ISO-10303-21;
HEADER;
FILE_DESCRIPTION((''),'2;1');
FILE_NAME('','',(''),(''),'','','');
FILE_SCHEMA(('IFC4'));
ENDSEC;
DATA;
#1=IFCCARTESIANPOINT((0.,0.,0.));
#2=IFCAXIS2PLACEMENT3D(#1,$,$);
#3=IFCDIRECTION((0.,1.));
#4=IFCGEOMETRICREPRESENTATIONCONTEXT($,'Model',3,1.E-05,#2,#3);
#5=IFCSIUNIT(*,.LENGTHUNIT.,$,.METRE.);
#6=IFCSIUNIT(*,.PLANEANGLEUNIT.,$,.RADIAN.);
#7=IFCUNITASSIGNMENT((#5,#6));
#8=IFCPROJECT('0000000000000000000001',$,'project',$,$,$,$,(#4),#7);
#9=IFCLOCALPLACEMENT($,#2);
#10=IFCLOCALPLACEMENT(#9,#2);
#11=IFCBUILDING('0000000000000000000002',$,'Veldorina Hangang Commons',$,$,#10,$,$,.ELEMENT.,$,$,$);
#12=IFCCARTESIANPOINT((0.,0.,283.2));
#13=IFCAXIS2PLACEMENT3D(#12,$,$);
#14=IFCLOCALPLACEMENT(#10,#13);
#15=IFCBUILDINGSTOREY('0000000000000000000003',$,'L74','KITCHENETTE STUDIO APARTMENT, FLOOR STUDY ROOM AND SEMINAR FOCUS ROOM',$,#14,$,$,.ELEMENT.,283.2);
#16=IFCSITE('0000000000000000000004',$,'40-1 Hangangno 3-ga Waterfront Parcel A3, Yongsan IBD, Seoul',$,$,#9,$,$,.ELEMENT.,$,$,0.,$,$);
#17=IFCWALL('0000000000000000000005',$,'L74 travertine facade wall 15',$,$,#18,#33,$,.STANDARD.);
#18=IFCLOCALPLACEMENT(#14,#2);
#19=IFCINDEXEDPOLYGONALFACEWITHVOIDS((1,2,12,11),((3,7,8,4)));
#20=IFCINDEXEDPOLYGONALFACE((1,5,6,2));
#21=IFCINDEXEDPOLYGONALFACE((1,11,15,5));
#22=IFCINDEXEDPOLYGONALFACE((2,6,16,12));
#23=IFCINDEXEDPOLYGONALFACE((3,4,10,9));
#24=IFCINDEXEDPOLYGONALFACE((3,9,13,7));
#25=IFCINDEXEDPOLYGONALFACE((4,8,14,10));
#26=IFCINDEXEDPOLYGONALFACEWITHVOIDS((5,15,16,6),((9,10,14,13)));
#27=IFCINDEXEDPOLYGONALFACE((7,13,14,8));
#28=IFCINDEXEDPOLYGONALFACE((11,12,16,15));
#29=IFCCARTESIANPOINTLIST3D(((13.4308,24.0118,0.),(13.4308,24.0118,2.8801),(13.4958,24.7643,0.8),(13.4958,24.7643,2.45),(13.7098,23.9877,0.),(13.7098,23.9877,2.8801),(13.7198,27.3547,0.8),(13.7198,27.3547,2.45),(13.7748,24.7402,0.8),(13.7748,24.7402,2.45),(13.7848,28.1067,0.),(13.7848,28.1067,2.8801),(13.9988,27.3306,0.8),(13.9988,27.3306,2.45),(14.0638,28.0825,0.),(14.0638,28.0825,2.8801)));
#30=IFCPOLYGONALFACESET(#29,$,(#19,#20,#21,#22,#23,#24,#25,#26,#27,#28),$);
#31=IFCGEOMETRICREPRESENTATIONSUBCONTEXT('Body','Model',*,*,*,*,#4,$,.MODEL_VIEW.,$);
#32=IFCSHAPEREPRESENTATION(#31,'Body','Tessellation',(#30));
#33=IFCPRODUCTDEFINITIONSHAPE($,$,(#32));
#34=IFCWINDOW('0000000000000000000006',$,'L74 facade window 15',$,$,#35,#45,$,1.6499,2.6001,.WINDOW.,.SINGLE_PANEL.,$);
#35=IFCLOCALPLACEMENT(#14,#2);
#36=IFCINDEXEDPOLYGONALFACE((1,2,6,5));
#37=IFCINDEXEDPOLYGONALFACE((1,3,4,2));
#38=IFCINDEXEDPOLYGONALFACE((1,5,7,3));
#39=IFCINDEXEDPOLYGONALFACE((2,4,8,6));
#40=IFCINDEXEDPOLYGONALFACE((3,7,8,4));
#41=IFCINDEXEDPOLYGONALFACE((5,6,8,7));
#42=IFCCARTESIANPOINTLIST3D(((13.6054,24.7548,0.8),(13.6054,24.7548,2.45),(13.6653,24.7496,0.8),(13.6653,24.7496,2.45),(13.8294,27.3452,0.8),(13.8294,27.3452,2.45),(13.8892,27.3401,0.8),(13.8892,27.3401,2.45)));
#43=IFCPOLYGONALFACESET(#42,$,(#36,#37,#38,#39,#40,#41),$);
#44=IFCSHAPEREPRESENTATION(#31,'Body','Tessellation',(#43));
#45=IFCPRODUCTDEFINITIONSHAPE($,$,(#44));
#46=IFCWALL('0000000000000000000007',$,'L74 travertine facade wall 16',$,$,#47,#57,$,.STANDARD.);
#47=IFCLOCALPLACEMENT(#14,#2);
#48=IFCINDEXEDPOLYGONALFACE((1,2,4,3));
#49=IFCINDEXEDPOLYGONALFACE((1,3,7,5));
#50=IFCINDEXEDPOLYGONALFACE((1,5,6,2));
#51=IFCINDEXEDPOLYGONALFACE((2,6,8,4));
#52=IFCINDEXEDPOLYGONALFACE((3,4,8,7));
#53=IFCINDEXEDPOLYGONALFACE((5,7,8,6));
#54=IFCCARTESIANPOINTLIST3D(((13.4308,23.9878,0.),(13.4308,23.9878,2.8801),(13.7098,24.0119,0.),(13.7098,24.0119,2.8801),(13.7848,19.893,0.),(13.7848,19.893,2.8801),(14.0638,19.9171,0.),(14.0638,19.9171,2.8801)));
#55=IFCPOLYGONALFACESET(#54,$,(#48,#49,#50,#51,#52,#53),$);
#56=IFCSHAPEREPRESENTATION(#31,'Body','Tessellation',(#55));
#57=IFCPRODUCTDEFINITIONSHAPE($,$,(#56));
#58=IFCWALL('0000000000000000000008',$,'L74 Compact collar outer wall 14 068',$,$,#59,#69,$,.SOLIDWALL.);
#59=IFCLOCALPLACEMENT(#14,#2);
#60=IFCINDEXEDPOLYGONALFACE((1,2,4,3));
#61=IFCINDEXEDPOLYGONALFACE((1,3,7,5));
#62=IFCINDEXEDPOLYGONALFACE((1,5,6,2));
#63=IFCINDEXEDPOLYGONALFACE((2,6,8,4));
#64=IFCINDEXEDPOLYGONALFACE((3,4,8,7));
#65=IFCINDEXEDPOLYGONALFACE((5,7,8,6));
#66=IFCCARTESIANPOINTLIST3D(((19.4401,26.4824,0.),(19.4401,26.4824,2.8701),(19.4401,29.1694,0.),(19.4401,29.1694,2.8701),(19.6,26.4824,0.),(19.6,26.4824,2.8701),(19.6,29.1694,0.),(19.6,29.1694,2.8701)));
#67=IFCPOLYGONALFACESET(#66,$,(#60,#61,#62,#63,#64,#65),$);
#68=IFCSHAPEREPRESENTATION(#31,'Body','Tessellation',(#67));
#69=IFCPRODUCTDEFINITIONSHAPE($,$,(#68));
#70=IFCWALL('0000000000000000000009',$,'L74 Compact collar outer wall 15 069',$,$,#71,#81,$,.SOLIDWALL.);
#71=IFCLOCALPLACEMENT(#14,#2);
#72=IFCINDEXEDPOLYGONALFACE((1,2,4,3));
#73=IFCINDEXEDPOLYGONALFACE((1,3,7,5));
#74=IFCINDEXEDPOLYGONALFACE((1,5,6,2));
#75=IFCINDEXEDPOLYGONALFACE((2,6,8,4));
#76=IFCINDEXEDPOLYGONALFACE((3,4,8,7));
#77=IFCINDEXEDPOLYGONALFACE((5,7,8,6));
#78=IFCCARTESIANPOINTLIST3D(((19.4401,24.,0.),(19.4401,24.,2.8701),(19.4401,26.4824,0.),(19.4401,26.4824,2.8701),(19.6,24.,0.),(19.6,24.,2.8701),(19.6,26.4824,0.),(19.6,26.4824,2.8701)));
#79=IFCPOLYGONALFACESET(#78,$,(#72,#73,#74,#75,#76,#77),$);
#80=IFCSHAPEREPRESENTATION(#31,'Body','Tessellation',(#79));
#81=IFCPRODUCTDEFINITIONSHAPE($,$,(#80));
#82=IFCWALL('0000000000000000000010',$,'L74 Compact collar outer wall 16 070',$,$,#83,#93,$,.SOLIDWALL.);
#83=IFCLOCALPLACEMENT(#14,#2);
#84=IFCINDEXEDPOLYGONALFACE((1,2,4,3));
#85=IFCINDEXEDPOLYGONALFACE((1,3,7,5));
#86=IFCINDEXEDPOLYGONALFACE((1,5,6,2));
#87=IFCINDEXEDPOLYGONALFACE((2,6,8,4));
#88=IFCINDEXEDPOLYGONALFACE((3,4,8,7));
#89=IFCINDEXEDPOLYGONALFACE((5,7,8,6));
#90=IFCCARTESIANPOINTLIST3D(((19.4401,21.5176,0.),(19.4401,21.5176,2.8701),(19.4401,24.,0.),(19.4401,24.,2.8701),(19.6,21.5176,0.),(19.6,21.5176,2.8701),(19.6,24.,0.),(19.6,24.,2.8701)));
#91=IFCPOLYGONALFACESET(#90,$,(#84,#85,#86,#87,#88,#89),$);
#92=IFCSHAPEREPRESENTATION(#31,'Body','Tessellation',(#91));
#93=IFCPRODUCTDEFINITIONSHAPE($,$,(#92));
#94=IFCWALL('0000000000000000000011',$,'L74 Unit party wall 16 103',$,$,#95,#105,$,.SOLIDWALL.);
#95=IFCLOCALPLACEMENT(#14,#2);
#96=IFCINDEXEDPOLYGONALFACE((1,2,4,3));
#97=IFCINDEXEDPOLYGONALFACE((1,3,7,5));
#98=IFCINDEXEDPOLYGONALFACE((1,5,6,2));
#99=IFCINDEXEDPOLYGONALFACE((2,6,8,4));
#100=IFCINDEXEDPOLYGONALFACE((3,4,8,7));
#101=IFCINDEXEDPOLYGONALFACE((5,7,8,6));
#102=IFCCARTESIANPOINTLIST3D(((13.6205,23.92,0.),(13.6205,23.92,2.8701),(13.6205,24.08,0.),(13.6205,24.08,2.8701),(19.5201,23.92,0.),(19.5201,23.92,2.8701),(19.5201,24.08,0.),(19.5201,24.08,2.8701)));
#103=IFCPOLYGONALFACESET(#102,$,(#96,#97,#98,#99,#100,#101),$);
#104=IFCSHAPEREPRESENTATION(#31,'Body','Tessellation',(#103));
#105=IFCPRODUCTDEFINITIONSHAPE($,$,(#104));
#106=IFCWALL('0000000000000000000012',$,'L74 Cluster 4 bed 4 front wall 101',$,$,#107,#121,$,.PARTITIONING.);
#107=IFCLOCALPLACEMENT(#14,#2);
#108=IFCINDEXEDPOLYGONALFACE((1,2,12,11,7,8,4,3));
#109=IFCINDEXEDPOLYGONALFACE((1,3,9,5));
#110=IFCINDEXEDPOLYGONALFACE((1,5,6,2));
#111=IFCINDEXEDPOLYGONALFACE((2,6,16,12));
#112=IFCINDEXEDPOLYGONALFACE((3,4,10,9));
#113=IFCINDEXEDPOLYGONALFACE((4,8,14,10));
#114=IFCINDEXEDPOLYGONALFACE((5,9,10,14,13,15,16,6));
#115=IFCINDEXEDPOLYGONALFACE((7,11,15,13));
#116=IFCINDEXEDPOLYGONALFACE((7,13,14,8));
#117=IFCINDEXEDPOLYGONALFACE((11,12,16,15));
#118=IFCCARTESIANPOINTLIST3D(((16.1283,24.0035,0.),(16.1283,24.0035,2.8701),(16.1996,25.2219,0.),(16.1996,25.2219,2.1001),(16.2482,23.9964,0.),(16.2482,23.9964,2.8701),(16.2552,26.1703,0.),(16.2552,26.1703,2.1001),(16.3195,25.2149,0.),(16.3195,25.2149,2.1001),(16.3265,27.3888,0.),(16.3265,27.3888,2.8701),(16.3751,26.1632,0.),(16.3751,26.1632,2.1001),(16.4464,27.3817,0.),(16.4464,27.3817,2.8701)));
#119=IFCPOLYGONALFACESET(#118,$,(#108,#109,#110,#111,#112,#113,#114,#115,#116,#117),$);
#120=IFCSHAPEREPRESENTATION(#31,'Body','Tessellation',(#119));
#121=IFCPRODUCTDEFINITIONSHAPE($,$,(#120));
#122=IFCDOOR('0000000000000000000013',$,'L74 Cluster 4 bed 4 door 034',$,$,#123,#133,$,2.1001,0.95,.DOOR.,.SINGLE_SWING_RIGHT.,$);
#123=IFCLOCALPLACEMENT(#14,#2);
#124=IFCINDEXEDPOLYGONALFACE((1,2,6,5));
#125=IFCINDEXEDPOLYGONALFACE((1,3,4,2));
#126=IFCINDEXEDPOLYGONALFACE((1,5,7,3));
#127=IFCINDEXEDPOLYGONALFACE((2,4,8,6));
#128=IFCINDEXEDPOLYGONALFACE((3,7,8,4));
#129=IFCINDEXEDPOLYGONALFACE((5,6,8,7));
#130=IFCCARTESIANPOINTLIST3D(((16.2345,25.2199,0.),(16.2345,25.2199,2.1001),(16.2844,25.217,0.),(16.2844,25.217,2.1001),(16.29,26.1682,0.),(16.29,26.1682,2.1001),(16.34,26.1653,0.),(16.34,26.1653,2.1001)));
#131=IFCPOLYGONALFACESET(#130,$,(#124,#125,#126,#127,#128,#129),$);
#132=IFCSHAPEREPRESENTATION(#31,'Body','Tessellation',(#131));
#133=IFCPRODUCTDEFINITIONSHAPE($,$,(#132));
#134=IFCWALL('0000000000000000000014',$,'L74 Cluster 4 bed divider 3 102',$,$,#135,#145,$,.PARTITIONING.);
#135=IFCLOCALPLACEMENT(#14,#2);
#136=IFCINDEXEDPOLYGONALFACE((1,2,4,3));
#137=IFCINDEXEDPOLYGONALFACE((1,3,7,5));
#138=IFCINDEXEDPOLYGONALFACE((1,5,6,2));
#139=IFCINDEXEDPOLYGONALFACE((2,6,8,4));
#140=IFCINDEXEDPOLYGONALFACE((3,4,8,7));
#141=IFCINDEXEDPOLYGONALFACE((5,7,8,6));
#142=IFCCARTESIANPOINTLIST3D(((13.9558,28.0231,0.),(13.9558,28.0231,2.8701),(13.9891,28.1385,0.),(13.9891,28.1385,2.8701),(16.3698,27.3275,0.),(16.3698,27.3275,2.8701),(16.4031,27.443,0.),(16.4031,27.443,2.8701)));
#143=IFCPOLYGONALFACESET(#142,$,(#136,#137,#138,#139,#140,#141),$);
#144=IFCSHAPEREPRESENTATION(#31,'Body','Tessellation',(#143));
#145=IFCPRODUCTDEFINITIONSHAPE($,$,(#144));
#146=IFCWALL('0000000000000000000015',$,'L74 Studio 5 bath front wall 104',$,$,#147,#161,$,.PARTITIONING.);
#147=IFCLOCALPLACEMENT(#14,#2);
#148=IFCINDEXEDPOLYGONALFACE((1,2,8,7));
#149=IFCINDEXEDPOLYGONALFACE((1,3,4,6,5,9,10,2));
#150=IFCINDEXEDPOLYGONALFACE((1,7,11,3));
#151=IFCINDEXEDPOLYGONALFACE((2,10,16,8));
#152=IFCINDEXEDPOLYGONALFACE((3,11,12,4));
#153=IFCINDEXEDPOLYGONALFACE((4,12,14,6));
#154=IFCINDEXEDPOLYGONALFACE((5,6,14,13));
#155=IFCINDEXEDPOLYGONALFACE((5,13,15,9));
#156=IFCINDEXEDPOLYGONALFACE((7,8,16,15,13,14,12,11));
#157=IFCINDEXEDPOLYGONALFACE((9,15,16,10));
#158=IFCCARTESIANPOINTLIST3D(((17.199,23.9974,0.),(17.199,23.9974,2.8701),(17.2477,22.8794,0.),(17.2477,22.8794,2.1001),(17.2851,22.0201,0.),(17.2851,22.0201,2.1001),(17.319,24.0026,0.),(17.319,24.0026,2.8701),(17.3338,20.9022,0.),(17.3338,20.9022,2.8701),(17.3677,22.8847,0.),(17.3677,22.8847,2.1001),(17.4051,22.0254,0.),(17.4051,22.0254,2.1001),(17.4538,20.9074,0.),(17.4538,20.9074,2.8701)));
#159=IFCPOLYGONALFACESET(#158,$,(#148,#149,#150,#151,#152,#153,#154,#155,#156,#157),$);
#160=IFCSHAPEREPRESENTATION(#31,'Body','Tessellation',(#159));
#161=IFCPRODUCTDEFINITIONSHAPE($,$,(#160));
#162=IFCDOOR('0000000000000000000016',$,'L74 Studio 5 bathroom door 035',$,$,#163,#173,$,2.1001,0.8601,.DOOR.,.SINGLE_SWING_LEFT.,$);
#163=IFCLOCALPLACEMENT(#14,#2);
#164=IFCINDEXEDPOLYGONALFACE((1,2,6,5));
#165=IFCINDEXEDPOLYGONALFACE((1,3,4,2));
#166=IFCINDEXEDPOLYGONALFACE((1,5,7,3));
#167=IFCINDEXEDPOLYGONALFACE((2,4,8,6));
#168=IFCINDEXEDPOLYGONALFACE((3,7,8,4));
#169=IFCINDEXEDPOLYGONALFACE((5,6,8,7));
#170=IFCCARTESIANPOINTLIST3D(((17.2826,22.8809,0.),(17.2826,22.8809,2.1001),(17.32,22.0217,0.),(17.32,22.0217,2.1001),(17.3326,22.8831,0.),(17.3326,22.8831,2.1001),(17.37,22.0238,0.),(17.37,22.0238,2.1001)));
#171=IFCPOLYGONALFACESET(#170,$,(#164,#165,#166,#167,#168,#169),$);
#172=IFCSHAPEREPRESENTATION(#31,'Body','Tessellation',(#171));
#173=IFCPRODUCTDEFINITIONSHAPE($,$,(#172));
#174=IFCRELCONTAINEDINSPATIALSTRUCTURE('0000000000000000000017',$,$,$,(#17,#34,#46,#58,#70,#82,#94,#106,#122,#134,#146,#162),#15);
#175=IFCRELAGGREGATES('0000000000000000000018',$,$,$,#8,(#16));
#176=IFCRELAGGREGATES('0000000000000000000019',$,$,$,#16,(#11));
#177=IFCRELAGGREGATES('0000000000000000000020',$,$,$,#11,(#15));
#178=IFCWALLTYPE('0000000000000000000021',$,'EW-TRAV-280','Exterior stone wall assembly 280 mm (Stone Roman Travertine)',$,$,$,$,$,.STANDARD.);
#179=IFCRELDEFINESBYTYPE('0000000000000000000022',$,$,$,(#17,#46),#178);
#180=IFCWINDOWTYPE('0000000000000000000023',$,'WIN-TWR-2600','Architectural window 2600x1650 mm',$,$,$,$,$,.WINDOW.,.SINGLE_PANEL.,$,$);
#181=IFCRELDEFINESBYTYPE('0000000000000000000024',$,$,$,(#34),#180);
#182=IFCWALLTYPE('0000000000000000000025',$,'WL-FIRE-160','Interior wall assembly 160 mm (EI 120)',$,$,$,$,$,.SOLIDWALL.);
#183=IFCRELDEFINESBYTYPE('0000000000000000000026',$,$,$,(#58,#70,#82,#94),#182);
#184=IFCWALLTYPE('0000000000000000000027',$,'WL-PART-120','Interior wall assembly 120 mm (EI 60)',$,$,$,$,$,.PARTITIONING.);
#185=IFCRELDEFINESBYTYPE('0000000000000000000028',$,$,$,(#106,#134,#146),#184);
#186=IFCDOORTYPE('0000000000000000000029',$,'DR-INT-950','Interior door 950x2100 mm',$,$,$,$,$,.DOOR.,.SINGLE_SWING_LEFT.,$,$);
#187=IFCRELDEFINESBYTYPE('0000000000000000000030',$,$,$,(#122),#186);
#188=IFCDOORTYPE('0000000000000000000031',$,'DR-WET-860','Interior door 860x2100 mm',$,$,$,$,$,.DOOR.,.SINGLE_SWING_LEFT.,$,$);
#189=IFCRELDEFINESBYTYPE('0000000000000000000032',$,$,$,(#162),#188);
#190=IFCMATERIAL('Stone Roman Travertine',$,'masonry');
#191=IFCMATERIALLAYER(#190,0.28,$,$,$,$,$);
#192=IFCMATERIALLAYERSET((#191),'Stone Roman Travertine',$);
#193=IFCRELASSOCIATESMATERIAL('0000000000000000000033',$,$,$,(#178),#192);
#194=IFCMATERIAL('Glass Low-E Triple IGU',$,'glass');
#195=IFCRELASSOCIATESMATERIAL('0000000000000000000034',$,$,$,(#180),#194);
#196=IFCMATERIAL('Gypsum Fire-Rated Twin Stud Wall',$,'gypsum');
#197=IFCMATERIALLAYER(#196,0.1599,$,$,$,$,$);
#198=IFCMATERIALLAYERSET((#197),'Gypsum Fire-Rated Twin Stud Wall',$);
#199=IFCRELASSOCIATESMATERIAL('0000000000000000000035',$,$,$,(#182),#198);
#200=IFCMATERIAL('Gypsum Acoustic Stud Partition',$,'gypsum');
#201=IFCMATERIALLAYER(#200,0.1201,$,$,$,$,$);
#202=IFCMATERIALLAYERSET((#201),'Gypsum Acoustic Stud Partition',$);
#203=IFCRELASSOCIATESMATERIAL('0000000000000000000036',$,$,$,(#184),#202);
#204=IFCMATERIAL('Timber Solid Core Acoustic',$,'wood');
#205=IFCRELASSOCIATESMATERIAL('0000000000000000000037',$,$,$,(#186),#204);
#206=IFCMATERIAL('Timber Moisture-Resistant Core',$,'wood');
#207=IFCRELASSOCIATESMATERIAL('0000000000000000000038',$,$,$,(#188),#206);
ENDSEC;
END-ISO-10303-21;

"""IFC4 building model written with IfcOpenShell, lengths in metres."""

from ifc_helpers import new_model, si_unit, direction, frame, frame_2d, origin, place, context, subcontext, project, spatial, rectangle, extrude, material, layer, layer_set, type_object, element, fill, save


model = new_model("IFC4")

# Units and contexts
model_context = context("Model", 3, precision=1e-05, world=origin(), true_north=direction((0.0, 1.0)))
body_context = subcontext(model_context, "Body", "Model", "MODEL_VIEW")
ifc_project = project(units=[si_unit("LENGTHUNIT", "METRE"), si_unit("PLANEANGLEUNIT", "RADIAN")], contexts=[model_context])

# Site, building, storey
site_placement = place(None, origin())
site = spatial("IfcSite", under=ifc_project, at=site_placement, Name="40-1 Hangangno 3-ga Waterfront Parcel A3, Yongsan IBD, Seoul", CompositionType="ELEMENT", RefElevation=0.0)
building_placement = place(site_placement, origin())
building = spatial("IfcBuilding", under=site, at=building_placement, Name="Veldorina Hangang Commons", CompositionType="ELEMENT")
storey_placement = place(building_placement, frame((0.0, 0.0, 283.2)))
storey = spatial("IfcBuildingStorey", under=building, at=storey_placement, Name="L74", Description="KITCHENETTE STUDIO APARTMENT, FLOOR STUDY ROOM AND SEMINAR FOCUS ROOM", CompositionType="ELEMENT", Elevation=283.2)

# Wall, opening, window
ifc_material_1 = material(Name="Stone Roman Travertine", Category="masonry")
ifc_layer_1 = layer(ifc_material_1, 0.28)
ifc_layer_set_1 = layer_set([ifc_layer_1], Name="Stone Roman Travertine")
wall_type_1 = type_object("IfcWallType", Name="EW-TRAV-280", Description="Exterior stone wall assembly 280 mm (Stone Roman Travertine)", PredefinedType="STANDARD", material=ifc_layer_set_1)
ifc_material_2 = material(Name="Glass Low-E Triple IGU", Category="glass")
window_type = type_object("IfcWindowType", Name="WIN-TWR-2600", Description="Architectural window 2600x1650 mm", PartitioningType="SINGLE_PANEL", PredefinedType="WINDOW", material=ifc_material_2)
wall_1_placement = place(storey_placement, frame((13.9243, 28.0947, 0.0), z_axis=(0.0, 0.0, 1.0), x_axis=(-0.086132, -0.996284, 0.0)))
wall_1 = element("IfcWall", 1, at=wall_1_placement, inside=storey, type_object=wall_type_1, Name="L74 travertine facade wall 15", PredefinedType="STANDARD", context=body_context, shape_type="SweptSolid", body=[
    extrude(rectangle(XDim=4.1101, YDim=0.28, at=frame_2d((2.0552, 0.0))), origin(), (0.0, 0.0, 1.0), 2.8801),
])
opening_1_placement = place(wall_1_placement, frame((0.7549, 0.0, 0.8)))
opening_1 = element("IfcOpeningElement", 2, at=opening_1_placement, cuts=wall_1, PredefinedType="OPENING", context=body_context, shape_type="SweptSolid", body=[
    extrude(rectangle(XDim=2.6001, YDim=1.6499, at=frame_2d((1.3, 0.825))), frame((0.0, 0.1499, 0.0), z_axis=(0.0, -1.0, 0.0), x_axis=(1.0, 0.0, 0.0)), (0.0, 0.0, 1.0), 0.3),
])
window_1_placement = place(opening_1_placement, origin())
window_1 = element("IfcWindow", 3, at=window_1_placement, inside=storey, type_object=window_type, Name="L74 facade window 15", OverallHeight=1.6499, OverallWidth=2.6001, PartitioningType="SINGLE_PANEL", PredefinedType="WINDOW", context=body_context, shape_type="SweptSolid", body=[
    extrude(rectangle(XDim=2.6001, YDim=1.6499, at=frame_2d((1.3, 0.825))), frame((0.0, 0.03, 0.0), z_axis=(0.0, -1.0, 0.0), x_axis=(1.0, 0.0, 0.0)), (0.0, 0.0, 1.0), 0.0601),
])
fill(opening_1, window_1)

# Walls
wall_2_placement = place(storey_placement, frame((13.5703, 24.0, 0.0), z_axis=(0.0, 0.0, 1.0), x_axis=(0.086132, -0.996284, 0.0)))
element("IfcWall", 4, at=wall_2_placement, inside=storey, type_object=wall_type_1, Name="L74 travertine facade wall 16", PredefinedType="STANDARD", context=body_context, shape_type="SweptSolid", body=[
    extrude(rectangle(XDim=4.1101, YDim=0.28, at=frame_2d((2.0552, 0.0))), origin(), (0.0, 0.0, 1.0), 2.8801),
])
ifc_material_3 = material(Name="Gypsum Fire-Rated Twin Stud Wall", Category="gypsum")
ifc_layer_2 = layer(ifc_material_3, 0.1599)
ifc_layer_set_2 = layer_set([ifc_layer_2], Name="Gypsum Fire-Rated Twin Stud Wall")
wall_type_2 = type_object("IfcWallType", Name="WL-FIRE-160", Description="Interior wall assembly 160 mm (EI 120)", PredefinedType="SOLIDWALL", material=ifc_layer_set_2)
wall_3_placement = place(storey_placement, frame((19.52, 29.1694, 0.0), z_axis=(0.0, 0.0, 1.0), x_axis=(0.0, -1.0, 0.0)))
element("IfcWall", 5, at=wall_3_placement, inside=storey, type_object=wall_type_2, Name="L74 Compact collar outer wall 14 068", PredefinedType="SOLIDWALL", context=body_context, shape_type="SweptSolid", body=[
    extrude(rectangle(XDim=2.687, YDim=0.1599, at=frame_2d((1.3435, 0.0))), origin(), (0.0, 0.0, 1.0), 2.8701),
])
for number, where, z_axis, x_axis, name in (
    (6, (19.52, 26.4824, 0.0), (0.0, 0.0, 1.0), (0.0, -1.0, 0.0), "L74 Compact collar outer wall 15 069"),
    (7, (19.52, 24.0, 0.0), (0.0, 0.0, 1.0), (0.0, -1.0, 0.0), "L74 Compact collar outer wall 16 070"),
):
    element("IfcWall", number, at=place(storey_placement, frame(where, z_axis=z_axis, x_axis=x_axis)), inside=storey, type_object=wall_type_2, Name=name, PredefinedType="SOLIDWALL", context=body_context, shape_type="SweptSolid", body=[
        extrude(rectangle(XDim=2.4824, YDim=0.1599, at=frame_2d((1.2412, 0.0))), origin(), (0.0, 0.0, 1.0), 2.8701),
    ])
wall_4_placement = place(storey_placement, frame((19.52, 24.0, 0.0), z_axis=(0.0, 0.0, 1.0), x_axis=(-1.0, 0.0, 0.0)))
element("IfcWall", 8, at=wall_4_placement, inside=storey, type_object=wall_type_2, Name="L74 Unit party wall 16 103", PredefinedType="SOLIDWALL", context=body_context, shape_type="SweptSolid", body=[
    extrude(rectangle(XDim=5.8997, YDim=0.1599, at=frame_2d((2.9497, 0.0))), origin(), (0.0, 0.0, 1.0), 2.8701),
])

# Wall, opening, door
ifc_material_4 = material(Name="Gypsum Acoustic Stud Partition", Category="gypsum")
ifc_layer_3 = layer(ifc_material_4, 0.1201)
ifc_layer_set_3 = layer_set([ifc_layer_3], Name="Gypsum Acoustic Stud Partition")
wall_type_3 = type_object("IfcWallType", Name="WL-PART-120", Description="Interior wall assembly 120 mm (EI 60)", PredefinedType="PARTITIONING", material=ifc_layer_set_3)
wall_5_placement = place(storey_placement, frame((16.3865, 27.3853, 0.0), z_axis=(0.0, 0.0, 1.0), x_axis=(-0.05846, -0.99829, 0.0)))
wall_5 = element("IfcWall", 9, at=wall_5_placement, inside=storey, type_object=wall_type_3, Name="L74 Cluster 4 bed 4 front wall 101", PredefinedType="PARTITIONING", context=body_context, shape_type="SweptSolid", body=[
    extrude(rectangle(XDim=3.3911, YDim=0.1201, at=frame_2d((1.6956, 0.0))), origin(), (0.0, 0.0, 1.0), 2.8701),
])
opening_2_placement = place(wall_5_placement, frame((1.2205, 0.0, 0.0)))
opening_2 = element("IfcOpeningElement", 10, at=opening_2_placement, cuts=wall_5, PredefinedType="OPENING", context=body_context, shape_type="SweptSolid", body=[
    extrude(rectangle(XDim=0.95, YDim=2.1001, at=frame_2d((0.4751, 1.05))), frame((0.0, 0.0701, 0.0), z_axis=(0.0, -1.0, 0.0), x_axis=(1.0, 0.0, 0.0)), (0.0, 0.0, 1.0), 0.1401),
])
ifc_material_5 = material(Name="Timber Solid Core Acoustic", Category="wood")
door_type_1 = type_object("IfcDoorType", Name="DR-INT-950", Description="Interior door 950x2100 mm", OperationType="SINGLE_SWING_LEFT", PredefinedType="DOOR", material=ifc_material_5)
door_1_placement = place(opening_2_placement, origin())
door_1 = element("IfcDoor", 11, at=door_1_placement, inside=storey, type_object=door_type_1, Name="L74 Cluster 4 bed 4 door 034", OperationType="SINGLE_SWING_RIGHT", OverallHeight=2.1001, OverallWidth=0.95, PredefinedType="DOOR", context=body_context, shape_type="SweptSolid", body=[
    extrude(rectangle(XDim=0.95, YDim=2.1001, at=frame_2d((0.4751, 1.05))), frame((0.0, 0.0249, 0.0), z_axis=(0.0, -1.0, 0.0), x_axis=(1.0, 0.0, 0.0)), (0.0, 0.0, 1.0), 0.05),
])
fill(opening_2, door_1)

# Wall
wall_6_placement = place(storey_placement, frame((16.3865, 27.3853, 0.0), z_axis=(0.0, 0.0, 1.0), x_axis=(-0.960909, 0.276864, 0.0)))
element("IfcWall", 12, at=wall_6_placement, inside=storey, type_object=wall_type_3, Name="L74 Cluster 4 bed divider 3 102", PredefinedType="PARTITIONING", context=body_context, shape_type="SweptSolid", body=[
    extrude(rectangle(XDim=2.5122, YDim=0.1201, at=frame_2d((1.2561, 0.0))), origin(), (0.0, 0.0, 1.0), 2.8701),
])

# Wall, opening, door
wall_7_placement = place(storey_placement, frame((17.259, 24.0, 0.0), z_axis=(0.0, 0.0, 1.0), x_axis=(0.043499, -0.999053, 0.0)))
wall_7 = element("IfcWall", 13, at=wall_7_placement, inside=storey, type_object=wall_type_3, Name="L74 Studio 5 bath front wall 104", PredefinedType="PARTITIONING", context=body_context, shape_type="SweptSolid", body=[
    extrude(rectangle(XDim=3.0981, YDim=0.1201, at=frame_2d((1.5491, 0.0))), origin(), (0.0, 0.0, 1.0), 2.8701),
])
opening_3_placement = place(wall_7_placement, frame((1.1189, 0.0, 0.0)))
opening_3 = element("IfcOpeningElement", 14, at=opening_3_placement, cuts=wall_7, PredefinedType="OPENING", context=body_context, shape_type="SweptSolid", body=[
    extrude(rectangle(XDim=0.8601, YDim=2.1001, at=frame_2d((0.4302, 1.05))), frame((0.0, 0.0701, 0.0), z_axis=(0.0, -1.0, 0.0), x_axis=(1.0, 0.0, 0.0)), (0.0, 0.0, 1.0), 0.1401),
])
ifc_material_6 = material(Name="Timber Moisture-Resistant Core", Category="wood")
door_type_2 = type_object("IfcDoorType", Name="DR-WET-860", Description="Interior door 860x2100 mm", OperationType="SINGLE_SWING_LEFT", PredefinedType="DOOR", material=ifc_material_6)
door_2_placement = place(opening_3_placement, origin())
door_2 = element("IfcDoor", 15, at=door_2_placement, inside=storey, type_object=door_type_2, Name="L74 Studio 5 bathroom door 035", OperationType="SINGLE_SWING_LEFT", OverallHeight=2.1001, OverallWidth=0.8601, PredefinedType="DOOR", context=body_context, shape_type="SweptSolid", body=[
    extrude(rectangle(XDim=0.8601, YDim=2.1001, at=frame_2d((0.4302, 1.05))), frame((0.0, 0.0249, 0.0), z_axis=(0.0, -1.0, 0.0), x_axis=(1.0, 0.0, 0.0)), (0.0, 0.0, 1.0), 0.05),
])
fill(opening_3, door_2)

save(model, "model.ifc")
